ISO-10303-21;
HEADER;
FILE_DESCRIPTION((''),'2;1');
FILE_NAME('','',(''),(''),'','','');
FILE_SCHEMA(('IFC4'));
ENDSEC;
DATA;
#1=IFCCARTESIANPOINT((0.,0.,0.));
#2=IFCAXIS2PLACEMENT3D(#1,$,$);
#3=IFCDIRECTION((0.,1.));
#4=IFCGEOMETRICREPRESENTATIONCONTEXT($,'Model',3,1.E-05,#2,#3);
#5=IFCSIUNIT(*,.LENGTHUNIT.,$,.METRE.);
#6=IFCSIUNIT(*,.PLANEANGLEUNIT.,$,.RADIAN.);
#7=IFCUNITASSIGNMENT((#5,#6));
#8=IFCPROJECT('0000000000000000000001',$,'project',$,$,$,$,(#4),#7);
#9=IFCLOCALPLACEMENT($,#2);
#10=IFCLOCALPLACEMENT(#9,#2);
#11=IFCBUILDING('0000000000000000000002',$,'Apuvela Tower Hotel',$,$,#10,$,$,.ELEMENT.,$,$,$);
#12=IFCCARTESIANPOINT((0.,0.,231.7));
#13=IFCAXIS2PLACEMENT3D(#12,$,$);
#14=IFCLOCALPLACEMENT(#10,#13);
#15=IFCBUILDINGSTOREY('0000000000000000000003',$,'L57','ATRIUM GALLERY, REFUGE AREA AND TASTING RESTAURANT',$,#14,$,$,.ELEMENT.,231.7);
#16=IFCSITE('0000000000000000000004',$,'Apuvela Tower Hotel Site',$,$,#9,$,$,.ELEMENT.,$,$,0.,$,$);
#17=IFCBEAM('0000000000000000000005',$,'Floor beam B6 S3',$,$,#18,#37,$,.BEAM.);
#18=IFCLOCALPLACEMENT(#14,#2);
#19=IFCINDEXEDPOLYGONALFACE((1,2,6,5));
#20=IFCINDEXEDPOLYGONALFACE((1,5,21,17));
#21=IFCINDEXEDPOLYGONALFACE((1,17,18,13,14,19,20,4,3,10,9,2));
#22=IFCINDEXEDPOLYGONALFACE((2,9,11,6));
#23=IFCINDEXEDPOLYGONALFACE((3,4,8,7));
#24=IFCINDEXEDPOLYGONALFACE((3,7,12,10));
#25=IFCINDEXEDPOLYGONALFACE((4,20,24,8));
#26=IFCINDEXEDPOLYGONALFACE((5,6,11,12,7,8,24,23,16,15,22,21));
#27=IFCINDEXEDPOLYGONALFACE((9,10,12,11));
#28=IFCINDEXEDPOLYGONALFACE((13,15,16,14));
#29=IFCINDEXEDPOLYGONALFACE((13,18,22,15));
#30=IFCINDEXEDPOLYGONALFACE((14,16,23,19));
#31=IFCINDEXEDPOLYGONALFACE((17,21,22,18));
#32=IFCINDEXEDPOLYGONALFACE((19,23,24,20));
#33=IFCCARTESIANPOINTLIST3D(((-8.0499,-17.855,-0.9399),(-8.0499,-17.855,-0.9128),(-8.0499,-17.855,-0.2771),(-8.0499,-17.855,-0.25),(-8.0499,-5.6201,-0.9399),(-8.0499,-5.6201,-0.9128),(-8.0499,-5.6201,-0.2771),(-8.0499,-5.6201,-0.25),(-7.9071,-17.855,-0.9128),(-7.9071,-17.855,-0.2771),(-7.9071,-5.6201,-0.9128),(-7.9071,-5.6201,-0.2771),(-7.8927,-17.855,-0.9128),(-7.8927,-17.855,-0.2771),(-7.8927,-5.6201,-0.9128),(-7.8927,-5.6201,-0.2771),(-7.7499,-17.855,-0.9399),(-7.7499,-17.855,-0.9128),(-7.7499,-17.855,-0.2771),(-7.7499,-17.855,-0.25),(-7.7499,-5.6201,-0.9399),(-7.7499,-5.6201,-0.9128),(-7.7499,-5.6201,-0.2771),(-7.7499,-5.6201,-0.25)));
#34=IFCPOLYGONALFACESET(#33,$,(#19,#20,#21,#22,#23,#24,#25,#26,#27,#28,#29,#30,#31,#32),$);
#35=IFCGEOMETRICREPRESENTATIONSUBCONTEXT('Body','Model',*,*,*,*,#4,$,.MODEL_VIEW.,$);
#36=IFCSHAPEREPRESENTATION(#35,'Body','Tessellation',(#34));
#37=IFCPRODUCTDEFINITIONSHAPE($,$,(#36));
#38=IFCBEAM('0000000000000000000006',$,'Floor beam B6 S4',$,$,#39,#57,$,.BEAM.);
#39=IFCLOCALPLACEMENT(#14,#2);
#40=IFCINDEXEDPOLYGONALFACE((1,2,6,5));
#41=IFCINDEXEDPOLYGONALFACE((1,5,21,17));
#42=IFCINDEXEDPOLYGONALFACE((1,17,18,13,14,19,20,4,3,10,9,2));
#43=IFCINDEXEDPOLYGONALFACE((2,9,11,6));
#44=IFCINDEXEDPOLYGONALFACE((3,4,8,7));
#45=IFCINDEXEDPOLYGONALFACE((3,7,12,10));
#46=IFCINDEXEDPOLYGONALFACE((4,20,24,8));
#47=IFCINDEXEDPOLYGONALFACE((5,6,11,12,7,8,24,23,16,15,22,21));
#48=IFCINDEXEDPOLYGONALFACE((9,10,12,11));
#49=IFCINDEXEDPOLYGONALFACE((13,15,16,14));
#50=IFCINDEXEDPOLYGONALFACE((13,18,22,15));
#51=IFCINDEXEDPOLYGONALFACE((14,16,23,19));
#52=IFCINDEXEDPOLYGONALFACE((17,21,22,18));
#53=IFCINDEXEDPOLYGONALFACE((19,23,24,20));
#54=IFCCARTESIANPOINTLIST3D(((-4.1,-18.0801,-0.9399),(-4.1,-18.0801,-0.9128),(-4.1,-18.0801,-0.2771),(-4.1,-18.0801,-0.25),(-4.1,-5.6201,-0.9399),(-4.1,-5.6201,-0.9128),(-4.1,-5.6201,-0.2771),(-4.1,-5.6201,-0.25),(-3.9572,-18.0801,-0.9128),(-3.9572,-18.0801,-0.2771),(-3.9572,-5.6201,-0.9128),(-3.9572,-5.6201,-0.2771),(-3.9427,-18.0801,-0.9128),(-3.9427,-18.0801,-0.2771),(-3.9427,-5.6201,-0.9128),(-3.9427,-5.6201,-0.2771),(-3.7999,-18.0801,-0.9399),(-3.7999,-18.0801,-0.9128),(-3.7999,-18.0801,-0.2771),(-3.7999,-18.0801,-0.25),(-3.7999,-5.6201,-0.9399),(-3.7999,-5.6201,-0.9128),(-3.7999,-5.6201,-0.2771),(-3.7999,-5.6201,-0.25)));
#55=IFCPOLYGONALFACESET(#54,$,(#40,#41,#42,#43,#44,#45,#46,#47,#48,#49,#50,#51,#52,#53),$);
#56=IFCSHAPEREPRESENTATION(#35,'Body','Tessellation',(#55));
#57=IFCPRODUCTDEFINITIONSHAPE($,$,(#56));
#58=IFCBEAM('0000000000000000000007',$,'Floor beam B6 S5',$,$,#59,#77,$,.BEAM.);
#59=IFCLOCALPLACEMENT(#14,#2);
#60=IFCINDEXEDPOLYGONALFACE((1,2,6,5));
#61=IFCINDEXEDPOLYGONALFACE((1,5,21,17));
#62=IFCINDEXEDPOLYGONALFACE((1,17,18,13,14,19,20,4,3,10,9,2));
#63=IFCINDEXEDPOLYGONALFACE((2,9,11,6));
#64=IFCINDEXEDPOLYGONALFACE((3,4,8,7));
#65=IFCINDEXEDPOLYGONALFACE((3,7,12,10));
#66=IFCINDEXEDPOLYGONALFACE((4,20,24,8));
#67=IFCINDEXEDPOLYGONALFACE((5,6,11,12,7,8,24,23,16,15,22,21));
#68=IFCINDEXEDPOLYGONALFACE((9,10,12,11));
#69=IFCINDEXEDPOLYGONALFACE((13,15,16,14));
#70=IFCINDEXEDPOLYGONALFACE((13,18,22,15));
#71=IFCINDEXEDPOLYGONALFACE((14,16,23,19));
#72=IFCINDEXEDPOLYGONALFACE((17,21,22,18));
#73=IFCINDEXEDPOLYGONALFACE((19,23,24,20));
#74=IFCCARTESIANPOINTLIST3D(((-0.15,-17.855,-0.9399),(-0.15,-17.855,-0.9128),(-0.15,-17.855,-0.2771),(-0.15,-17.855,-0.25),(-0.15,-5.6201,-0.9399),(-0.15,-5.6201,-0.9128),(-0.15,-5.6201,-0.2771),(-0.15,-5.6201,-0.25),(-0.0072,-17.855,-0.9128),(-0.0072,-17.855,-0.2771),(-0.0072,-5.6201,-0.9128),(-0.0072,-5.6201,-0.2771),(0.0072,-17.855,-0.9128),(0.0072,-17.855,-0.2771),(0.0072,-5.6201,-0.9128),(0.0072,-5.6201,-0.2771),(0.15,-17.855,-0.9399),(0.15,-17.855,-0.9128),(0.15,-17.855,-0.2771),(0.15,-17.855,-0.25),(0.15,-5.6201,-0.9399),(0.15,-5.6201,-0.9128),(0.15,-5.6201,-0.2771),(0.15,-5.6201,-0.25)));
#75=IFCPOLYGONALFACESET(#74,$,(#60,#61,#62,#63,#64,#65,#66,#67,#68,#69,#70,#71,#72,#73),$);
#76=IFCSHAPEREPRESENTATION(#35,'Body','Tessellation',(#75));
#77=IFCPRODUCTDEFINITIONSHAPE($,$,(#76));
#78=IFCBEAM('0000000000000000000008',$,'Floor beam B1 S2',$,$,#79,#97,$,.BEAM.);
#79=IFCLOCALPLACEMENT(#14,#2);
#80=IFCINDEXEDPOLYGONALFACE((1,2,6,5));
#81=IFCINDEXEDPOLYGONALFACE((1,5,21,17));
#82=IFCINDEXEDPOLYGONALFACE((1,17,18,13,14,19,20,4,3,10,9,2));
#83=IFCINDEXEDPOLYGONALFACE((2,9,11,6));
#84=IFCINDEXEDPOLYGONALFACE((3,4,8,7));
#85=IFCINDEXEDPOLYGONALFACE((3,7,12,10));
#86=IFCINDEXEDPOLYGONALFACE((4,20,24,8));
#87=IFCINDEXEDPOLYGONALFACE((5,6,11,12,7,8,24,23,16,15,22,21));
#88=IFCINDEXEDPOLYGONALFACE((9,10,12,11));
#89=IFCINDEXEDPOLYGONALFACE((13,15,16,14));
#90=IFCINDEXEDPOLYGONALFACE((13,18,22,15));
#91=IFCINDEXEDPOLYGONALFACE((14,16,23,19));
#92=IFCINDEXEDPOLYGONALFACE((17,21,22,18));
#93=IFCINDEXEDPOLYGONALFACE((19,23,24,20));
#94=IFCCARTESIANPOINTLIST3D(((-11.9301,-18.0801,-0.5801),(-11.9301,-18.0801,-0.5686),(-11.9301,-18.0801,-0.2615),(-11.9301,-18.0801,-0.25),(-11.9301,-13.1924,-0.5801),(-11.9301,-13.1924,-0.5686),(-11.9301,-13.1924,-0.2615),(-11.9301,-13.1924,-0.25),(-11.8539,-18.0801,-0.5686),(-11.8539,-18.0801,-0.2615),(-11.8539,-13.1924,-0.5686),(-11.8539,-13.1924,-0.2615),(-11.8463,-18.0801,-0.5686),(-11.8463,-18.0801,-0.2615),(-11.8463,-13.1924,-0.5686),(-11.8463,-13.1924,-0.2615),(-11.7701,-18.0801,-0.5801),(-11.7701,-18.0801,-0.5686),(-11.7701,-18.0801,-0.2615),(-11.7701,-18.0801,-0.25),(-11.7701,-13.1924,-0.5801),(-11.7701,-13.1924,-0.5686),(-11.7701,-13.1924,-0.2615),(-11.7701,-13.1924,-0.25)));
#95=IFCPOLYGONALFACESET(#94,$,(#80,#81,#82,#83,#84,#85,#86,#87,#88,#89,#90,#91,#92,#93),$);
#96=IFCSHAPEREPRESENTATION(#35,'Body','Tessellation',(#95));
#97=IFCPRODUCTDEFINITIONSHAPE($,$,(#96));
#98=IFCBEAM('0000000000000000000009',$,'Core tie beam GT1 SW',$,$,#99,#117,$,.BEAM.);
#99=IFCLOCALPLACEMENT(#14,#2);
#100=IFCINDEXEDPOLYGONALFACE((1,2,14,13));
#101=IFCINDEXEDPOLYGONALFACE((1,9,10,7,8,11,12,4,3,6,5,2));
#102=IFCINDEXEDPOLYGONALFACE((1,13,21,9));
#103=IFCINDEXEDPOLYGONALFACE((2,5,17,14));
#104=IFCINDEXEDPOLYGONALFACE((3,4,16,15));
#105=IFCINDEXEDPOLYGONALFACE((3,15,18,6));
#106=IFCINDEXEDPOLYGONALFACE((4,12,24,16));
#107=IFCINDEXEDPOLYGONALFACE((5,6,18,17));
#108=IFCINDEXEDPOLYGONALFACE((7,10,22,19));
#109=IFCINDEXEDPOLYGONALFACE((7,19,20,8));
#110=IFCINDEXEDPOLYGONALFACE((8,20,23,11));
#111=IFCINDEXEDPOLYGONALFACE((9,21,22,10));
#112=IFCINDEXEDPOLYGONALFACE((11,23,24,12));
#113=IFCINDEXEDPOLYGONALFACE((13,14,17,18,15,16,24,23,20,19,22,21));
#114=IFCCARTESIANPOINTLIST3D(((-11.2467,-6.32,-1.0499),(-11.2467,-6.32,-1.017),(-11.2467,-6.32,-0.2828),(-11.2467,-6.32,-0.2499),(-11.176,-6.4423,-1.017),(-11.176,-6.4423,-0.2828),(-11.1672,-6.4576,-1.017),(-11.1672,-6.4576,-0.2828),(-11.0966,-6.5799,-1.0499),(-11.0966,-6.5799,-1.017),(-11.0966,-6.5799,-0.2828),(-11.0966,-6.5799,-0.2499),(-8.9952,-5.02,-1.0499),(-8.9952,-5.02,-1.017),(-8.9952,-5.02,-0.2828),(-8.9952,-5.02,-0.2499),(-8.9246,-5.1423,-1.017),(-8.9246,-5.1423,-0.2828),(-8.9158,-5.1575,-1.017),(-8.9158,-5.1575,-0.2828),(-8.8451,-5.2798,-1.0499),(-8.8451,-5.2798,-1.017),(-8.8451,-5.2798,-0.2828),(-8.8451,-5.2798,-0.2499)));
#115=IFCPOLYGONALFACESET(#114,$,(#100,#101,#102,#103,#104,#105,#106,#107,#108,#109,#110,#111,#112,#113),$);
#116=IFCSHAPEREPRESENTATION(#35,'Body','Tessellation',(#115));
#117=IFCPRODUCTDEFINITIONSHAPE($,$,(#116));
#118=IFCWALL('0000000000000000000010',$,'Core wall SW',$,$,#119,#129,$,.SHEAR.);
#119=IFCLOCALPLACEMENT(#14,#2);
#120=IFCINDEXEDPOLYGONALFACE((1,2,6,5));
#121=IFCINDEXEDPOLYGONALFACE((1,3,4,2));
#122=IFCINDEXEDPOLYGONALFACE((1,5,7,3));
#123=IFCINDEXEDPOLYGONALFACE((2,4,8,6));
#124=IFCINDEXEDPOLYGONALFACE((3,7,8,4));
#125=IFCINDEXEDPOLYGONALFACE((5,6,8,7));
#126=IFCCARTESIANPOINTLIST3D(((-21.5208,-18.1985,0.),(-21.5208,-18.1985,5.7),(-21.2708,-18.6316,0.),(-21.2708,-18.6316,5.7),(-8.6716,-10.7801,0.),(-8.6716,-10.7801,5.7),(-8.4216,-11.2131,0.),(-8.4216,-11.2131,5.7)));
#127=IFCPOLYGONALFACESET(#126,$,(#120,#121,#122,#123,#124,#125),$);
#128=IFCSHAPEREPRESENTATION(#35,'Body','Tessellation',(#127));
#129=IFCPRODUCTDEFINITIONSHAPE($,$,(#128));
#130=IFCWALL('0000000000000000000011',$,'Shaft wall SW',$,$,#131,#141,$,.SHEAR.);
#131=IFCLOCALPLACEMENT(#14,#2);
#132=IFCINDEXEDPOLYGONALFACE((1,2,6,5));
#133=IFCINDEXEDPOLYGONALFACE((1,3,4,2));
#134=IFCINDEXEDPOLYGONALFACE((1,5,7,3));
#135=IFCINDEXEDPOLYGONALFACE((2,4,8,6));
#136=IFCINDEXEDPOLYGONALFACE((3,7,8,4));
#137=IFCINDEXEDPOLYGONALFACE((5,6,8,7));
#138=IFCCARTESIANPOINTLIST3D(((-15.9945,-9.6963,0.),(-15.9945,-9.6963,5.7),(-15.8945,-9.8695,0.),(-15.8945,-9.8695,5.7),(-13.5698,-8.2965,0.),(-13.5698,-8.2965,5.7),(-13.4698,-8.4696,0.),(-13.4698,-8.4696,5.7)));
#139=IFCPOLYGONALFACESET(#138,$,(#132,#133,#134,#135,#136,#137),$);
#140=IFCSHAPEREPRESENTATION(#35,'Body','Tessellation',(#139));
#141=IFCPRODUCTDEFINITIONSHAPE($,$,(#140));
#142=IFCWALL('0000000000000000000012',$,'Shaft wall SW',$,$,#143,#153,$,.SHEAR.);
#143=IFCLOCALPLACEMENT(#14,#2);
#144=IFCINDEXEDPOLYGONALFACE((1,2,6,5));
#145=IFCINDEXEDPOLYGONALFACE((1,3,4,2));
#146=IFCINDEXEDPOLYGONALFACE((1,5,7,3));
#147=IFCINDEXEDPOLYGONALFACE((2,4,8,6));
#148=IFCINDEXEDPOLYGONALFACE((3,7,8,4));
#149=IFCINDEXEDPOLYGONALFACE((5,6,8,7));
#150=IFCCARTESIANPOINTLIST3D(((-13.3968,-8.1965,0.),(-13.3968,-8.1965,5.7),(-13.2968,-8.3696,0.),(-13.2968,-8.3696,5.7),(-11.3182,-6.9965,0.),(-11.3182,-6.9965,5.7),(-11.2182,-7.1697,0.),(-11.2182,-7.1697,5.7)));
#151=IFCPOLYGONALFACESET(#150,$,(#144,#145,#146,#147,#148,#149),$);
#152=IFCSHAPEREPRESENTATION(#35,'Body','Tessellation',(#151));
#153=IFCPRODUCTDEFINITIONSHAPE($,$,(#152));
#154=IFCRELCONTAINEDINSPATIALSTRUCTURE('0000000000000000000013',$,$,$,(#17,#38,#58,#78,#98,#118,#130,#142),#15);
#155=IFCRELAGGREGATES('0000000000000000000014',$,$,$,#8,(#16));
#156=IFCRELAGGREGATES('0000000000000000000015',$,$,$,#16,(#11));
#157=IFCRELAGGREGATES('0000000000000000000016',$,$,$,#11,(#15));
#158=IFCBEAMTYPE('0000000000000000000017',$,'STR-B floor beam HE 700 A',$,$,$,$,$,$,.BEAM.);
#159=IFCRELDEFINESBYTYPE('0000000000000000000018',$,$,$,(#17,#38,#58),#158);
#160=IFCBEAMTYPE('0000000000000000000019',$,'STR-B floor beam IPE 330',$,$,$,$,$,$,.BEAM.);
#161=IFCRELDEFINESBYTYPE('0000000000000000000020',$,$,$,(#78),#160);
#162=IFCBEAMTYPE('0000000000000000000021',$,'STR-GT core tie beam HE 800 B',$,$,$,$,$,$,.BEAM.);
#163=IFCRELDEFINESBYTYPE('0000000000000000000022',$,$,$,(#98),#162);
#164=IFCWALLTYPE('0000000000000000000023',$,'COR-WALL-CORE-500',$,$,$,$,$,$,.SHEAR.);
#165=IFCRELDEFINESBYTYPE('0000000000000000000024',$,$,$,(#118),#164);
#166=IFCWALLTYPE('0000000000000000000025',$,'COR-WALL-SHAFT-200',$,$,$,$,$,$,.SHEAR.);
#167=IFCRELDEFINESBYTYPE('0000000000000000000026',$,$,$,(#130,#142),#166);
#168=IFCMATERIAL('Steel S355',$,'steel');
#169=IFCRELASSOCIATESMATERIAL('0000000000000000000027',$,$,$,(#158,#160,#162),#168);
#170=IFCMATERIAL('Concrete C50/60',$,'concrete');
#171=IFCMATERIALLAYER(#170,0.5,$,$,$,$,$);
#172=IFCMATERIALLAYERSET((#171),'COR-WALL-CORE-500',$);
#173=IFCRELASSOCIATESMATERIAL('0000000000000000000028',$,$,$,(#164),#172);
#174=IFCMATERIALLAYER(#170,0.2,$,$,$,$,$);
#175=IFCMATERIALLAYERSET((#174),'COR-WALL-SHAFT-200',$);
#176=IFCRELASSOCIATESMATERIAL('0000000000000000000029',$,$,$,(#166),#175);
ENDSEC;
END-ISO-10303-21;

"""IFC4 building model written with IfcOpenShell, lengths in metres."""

from ifc_helpers import new_model, si_unit, direction, frame, frame_2d, origin, origin_2d, place, context, subcontext, project, spatial, rectangle, i_section, extrude, material, layer, layer_set, material_profile, profile_set, type_object, element, save


model = new_model("IFC4")

# Units and contexts
model_context = context("Model", 3, precision=1e-05, world=origin(), true_north=direction((0.0, 1.0)))
body_context = subcontext(model_context, "Body", "Model", "MODEL_VIEW")
ifc_project = project(units=[si_unit("LENGTHUNIT", "METRE"), si_unit("PLANEANGLEUNIT", "RADIAN")], contexts=[model_context])

# Site, building, storey
site_placement = place(None, origin())
site = spatial("IfcSite", under=ifc_project, at=site_placement, Name="Apuvela Tower Hotel Site", CompositionType="ELEMENT", RefElevation=0.0)
building_placement = place(site_placement, origin())
building = spatial("IfcBuilding", under=site, at=building_placement, Name="Apuvela Tower Hotel", CompositionType="ELEMENT")
storey_placement = place(building_placement, frame((0.0, 0.0, 231.7)))
storey = spatial("IfcBuildingStorey", under=building, at=storey_placement, Name="L57", Description="ATRIUM GALLERY, REFUGE AREA AND TASTING RESTAURANT", CompositionType="ELEMENT", Elevation=231.7)

# Beams
ifc_material_1 = material(Name="Steel S355", Category="steel")
ifc_material_profile_1 = material_profile(ifc_material_1, i_section(OverallWidth=0.3, OverallDepth=0.6899, WebThickness=0.0144, FlangeThickness=0.0271, at=origin_2d()), Name="HE 700 A")
ifc_profile_set_1 = profile_set([ifc_material_profile_1], Name="Steel S355")
beam_type_1 = type_object("IfcBeamType", Name="STR-B floor beam HE 700 A", PredefinedType="BEAM", material=ifc_profile_set_1)
beam_1_placement = place(storey_placement, frame((-7.8999, -17.855, -0.595), z_axis=(0.0, 1.0, 0.0), x_axis=(-1.0, 0.0, 0.0)))
element("IfcBeam", 1, at=beam_1_placement, inside=storey, type_object=beam_type_1, Name="Floor beam B6 S3", PredefinedType="BEAM", context=body_context, shape_type="SweptSolid", body=[
    extrude(i_section(OverallWidth=0.3, OverallDepth=0.6899, WebThickness=0.0144, FlangeThickness=0.0271, at=origin_2d()), origin(), (0.0, 0.0, 1.0), 12.2349),
])
beam_2_placement = place(storey_placement, frame((-3.95, -18.0801, -0.595), z_axis=(0.0, 1.0, 0.0), x_axis=(-1.0, 0.0, 0.0)))
element("IfcBeam", 2, at=beam_2_placement, inside=storey, type_object=beam_type_1, Name="Floor beam B6 S4", PredefinedType="BEAM", context=body_context, shape_type="SweptSolid", body=[
    extrude(i_section(OverallWidth=0.3, OverallDepth=0.6899, WebThickness=0.0144, FlangeThickness=0.0271, at=origin_2d()), origin(), (0.0, 0.0, 1.0), 12.46),
])
beam_3_placement = place(storey_placement, frame((0.0, -17.855, -0.595), z_axis=(0.0, 1.0, 0.0), x_axis=(-1.0, 0.0, 0.0)))
element("IfcBeam", 3, at=beam_3_placement, inside=storey, type_object=beam_type_1, Name="Floor beam B6 S5", PredefinedType="BEAM", context=body_context, shape_type="SweptSolid", body=[
    extrude(i_section(OverallWidth=0.3, OverallDepth=0.6899, WebThickness=0.0144, FlangeThickness=0.0271, at=origin_2d()), origin(), (0.0, 0.0, 1.0), 12.2349),
])
ifc_material_profile_2 = material_profile(ifc_material_1, i_section(OverallWidth=0.1599, OverallDepth=0.3301, WebThickness=0.0076, FlangeThickness=0.0115, at=origin_2d()), Name="IPE 330")
ifc_profile_set_2 = profile_set([ifc_material_profile_2], Name="Steel S355")
beam_type_2 = type_object("IfcBeamType", Name="STR-B floor beam IPE 330", PredefinedType="BEAM", material=ifc_profile_set_2)
beam_4_placement = place(storey_placement, frame((-11.8501, -18.0801, -0.415), z_axis=(0.0, 1.0, 0.0), x_axis=(-1.0, 0.0, 0.0)))
element("IfcBeam", 4, at=beam_4_placement, inside=storey, type_object=beam_type_2, Name="Floor beam B1 S2", PredefinedType="BEAM", context=body_context, shape_type="SweptSolid", body=[
    extrude(i_section(OverallWidth=0.1599, OverallDepth=0.3301, WebThickness=0.0076, FlangeThickness=0.0115, at=origin_2d()), origin(), (0.0, 0.0, 1.0), 4.8877),
])
ifc_material_profile_3 = material_profile(ifc_material_1, i_section(OverallWidth=0.3, OverallDepth=0.8, WebThickness=0.0176, FlangeThickness=0.033, at=origin_2d()), Name="HE 800 B")
ifc_profile_set_3 = profile_set([ifc_material_profile_3], Name="Steel S355")
beam_type_3 = type_object("IfcBeamType", Name="STR-GT core tie beam HE 800 B", PredefinedType="BEAM", material=ifc_profile_set_3)
beam_5_placement = place(storey_placement, frame((-11.1716, -6.45, -0.6499), z_axis=(0.865998, 0.500048, 0.0), x_axis=(-0.500048, 0.865998, 0.0)))
element("IfcBeam", 5, at=beam_5_placement, inside=storey, type_object=beam_type_3, Name="Core tie beam GT1 SW", PredefinedType="BEAM", context=body_context, shape_type="SweptSolid", body=[
    extrude(i_section(OverallWidth=0.3, OverallDepth=0.8, WebThickness=0.0176, FlangeThickness=0.033, at=origin_2d()), origin(), (0.0, 0.0, 1.0), 2.5999),
])

# Walls
ifc_material_2 = material(Name="Concrete C50/60", Category="concrete")
ifc_layer_1 = layer(ifc_material_2, 0.5)
ifc_layer_set_1 = layer_set([ifc_layer_1], Name="COR-WALL-CORE-500")
wall_type_1 = type_object("IfcWallType", Name="COR-WALL-CORE-500", PredefinedType="SHEAR", material=ifc_layer_set_1)
wall_1_placement = place(storey_placement, frame((-8.5466, -10.9966, 0.0), z_axis=(0.0, 0.0, 1.0), x_axis=(-0.866025, -0.500001, 0.0)))
element("IfcWall", 6, at=wall_1_placement, inside=storey, type_object=wall_type_1, Name="Core wall SW", PredefinedType="SHEAR", context=body_context, shape_type="SweptSolid", body=[
    extrude(rectangle(XDim=14.8369, YDim=0.5, at=frame_2d((7.4185, 0.0))), origin(), (0.0, 0.0, 1.0), 5.7),
])
ifc_layer_2 = layer(ifc_material_2, 0.2)
ifc_layer_set_2 = layer_set([ifc_layer_2], Name="COR-WALL-SHAFT-200")
wall_type_2 = type_object("IfcWallType", Name="COR-WALL-SHAFT-200", PredefinedType="SHEAR", material=ifc_layer_set_2)
wall_2_placement = place(storey_placement, frame((-13.5198, -8.3831, 0.0), z_axis=(0.0, 0.0, 1.0), x_axis=(-0.866035, -0.499984, 0.0)))
element("IfcWall", 7, at=wall_2_placement, inside=storey, type_object=wall_type_2, Name="Shaft wall SW", PredefinedType="SHEAR", context=body_context, shape_type="SweptSolid", body=[
    extrude(rectangle(XDim=2.7998, YDim=0.2, at=frame_2d((1.3999, 0.0))), origin(), (0.0, 0.0, 1.0), 5.7),
])
wall_3_placement = place(storey_placement, frame((-11.2681, -7.083, 0.0), z_axis=(0.0, 0.0, 1.0), x_axis=(-0.86605, -0.499957, 0.0)))
element("IfcWall", 8, at=wall_3_placement, inside=storey, type_object=wall_type_2, Name="Shaft wall SW", PredefinedType="SHEAR", context=body_context, shape_type="SweptSolid", body=[
    extrude(rectangle(XDim=2.4001, YDim=0.2, at=frame_2d((1.2002, 0.0))), origin(), (0.0, 0.0, 1.0), 5.7),
])

save(model, "model.ifc")
